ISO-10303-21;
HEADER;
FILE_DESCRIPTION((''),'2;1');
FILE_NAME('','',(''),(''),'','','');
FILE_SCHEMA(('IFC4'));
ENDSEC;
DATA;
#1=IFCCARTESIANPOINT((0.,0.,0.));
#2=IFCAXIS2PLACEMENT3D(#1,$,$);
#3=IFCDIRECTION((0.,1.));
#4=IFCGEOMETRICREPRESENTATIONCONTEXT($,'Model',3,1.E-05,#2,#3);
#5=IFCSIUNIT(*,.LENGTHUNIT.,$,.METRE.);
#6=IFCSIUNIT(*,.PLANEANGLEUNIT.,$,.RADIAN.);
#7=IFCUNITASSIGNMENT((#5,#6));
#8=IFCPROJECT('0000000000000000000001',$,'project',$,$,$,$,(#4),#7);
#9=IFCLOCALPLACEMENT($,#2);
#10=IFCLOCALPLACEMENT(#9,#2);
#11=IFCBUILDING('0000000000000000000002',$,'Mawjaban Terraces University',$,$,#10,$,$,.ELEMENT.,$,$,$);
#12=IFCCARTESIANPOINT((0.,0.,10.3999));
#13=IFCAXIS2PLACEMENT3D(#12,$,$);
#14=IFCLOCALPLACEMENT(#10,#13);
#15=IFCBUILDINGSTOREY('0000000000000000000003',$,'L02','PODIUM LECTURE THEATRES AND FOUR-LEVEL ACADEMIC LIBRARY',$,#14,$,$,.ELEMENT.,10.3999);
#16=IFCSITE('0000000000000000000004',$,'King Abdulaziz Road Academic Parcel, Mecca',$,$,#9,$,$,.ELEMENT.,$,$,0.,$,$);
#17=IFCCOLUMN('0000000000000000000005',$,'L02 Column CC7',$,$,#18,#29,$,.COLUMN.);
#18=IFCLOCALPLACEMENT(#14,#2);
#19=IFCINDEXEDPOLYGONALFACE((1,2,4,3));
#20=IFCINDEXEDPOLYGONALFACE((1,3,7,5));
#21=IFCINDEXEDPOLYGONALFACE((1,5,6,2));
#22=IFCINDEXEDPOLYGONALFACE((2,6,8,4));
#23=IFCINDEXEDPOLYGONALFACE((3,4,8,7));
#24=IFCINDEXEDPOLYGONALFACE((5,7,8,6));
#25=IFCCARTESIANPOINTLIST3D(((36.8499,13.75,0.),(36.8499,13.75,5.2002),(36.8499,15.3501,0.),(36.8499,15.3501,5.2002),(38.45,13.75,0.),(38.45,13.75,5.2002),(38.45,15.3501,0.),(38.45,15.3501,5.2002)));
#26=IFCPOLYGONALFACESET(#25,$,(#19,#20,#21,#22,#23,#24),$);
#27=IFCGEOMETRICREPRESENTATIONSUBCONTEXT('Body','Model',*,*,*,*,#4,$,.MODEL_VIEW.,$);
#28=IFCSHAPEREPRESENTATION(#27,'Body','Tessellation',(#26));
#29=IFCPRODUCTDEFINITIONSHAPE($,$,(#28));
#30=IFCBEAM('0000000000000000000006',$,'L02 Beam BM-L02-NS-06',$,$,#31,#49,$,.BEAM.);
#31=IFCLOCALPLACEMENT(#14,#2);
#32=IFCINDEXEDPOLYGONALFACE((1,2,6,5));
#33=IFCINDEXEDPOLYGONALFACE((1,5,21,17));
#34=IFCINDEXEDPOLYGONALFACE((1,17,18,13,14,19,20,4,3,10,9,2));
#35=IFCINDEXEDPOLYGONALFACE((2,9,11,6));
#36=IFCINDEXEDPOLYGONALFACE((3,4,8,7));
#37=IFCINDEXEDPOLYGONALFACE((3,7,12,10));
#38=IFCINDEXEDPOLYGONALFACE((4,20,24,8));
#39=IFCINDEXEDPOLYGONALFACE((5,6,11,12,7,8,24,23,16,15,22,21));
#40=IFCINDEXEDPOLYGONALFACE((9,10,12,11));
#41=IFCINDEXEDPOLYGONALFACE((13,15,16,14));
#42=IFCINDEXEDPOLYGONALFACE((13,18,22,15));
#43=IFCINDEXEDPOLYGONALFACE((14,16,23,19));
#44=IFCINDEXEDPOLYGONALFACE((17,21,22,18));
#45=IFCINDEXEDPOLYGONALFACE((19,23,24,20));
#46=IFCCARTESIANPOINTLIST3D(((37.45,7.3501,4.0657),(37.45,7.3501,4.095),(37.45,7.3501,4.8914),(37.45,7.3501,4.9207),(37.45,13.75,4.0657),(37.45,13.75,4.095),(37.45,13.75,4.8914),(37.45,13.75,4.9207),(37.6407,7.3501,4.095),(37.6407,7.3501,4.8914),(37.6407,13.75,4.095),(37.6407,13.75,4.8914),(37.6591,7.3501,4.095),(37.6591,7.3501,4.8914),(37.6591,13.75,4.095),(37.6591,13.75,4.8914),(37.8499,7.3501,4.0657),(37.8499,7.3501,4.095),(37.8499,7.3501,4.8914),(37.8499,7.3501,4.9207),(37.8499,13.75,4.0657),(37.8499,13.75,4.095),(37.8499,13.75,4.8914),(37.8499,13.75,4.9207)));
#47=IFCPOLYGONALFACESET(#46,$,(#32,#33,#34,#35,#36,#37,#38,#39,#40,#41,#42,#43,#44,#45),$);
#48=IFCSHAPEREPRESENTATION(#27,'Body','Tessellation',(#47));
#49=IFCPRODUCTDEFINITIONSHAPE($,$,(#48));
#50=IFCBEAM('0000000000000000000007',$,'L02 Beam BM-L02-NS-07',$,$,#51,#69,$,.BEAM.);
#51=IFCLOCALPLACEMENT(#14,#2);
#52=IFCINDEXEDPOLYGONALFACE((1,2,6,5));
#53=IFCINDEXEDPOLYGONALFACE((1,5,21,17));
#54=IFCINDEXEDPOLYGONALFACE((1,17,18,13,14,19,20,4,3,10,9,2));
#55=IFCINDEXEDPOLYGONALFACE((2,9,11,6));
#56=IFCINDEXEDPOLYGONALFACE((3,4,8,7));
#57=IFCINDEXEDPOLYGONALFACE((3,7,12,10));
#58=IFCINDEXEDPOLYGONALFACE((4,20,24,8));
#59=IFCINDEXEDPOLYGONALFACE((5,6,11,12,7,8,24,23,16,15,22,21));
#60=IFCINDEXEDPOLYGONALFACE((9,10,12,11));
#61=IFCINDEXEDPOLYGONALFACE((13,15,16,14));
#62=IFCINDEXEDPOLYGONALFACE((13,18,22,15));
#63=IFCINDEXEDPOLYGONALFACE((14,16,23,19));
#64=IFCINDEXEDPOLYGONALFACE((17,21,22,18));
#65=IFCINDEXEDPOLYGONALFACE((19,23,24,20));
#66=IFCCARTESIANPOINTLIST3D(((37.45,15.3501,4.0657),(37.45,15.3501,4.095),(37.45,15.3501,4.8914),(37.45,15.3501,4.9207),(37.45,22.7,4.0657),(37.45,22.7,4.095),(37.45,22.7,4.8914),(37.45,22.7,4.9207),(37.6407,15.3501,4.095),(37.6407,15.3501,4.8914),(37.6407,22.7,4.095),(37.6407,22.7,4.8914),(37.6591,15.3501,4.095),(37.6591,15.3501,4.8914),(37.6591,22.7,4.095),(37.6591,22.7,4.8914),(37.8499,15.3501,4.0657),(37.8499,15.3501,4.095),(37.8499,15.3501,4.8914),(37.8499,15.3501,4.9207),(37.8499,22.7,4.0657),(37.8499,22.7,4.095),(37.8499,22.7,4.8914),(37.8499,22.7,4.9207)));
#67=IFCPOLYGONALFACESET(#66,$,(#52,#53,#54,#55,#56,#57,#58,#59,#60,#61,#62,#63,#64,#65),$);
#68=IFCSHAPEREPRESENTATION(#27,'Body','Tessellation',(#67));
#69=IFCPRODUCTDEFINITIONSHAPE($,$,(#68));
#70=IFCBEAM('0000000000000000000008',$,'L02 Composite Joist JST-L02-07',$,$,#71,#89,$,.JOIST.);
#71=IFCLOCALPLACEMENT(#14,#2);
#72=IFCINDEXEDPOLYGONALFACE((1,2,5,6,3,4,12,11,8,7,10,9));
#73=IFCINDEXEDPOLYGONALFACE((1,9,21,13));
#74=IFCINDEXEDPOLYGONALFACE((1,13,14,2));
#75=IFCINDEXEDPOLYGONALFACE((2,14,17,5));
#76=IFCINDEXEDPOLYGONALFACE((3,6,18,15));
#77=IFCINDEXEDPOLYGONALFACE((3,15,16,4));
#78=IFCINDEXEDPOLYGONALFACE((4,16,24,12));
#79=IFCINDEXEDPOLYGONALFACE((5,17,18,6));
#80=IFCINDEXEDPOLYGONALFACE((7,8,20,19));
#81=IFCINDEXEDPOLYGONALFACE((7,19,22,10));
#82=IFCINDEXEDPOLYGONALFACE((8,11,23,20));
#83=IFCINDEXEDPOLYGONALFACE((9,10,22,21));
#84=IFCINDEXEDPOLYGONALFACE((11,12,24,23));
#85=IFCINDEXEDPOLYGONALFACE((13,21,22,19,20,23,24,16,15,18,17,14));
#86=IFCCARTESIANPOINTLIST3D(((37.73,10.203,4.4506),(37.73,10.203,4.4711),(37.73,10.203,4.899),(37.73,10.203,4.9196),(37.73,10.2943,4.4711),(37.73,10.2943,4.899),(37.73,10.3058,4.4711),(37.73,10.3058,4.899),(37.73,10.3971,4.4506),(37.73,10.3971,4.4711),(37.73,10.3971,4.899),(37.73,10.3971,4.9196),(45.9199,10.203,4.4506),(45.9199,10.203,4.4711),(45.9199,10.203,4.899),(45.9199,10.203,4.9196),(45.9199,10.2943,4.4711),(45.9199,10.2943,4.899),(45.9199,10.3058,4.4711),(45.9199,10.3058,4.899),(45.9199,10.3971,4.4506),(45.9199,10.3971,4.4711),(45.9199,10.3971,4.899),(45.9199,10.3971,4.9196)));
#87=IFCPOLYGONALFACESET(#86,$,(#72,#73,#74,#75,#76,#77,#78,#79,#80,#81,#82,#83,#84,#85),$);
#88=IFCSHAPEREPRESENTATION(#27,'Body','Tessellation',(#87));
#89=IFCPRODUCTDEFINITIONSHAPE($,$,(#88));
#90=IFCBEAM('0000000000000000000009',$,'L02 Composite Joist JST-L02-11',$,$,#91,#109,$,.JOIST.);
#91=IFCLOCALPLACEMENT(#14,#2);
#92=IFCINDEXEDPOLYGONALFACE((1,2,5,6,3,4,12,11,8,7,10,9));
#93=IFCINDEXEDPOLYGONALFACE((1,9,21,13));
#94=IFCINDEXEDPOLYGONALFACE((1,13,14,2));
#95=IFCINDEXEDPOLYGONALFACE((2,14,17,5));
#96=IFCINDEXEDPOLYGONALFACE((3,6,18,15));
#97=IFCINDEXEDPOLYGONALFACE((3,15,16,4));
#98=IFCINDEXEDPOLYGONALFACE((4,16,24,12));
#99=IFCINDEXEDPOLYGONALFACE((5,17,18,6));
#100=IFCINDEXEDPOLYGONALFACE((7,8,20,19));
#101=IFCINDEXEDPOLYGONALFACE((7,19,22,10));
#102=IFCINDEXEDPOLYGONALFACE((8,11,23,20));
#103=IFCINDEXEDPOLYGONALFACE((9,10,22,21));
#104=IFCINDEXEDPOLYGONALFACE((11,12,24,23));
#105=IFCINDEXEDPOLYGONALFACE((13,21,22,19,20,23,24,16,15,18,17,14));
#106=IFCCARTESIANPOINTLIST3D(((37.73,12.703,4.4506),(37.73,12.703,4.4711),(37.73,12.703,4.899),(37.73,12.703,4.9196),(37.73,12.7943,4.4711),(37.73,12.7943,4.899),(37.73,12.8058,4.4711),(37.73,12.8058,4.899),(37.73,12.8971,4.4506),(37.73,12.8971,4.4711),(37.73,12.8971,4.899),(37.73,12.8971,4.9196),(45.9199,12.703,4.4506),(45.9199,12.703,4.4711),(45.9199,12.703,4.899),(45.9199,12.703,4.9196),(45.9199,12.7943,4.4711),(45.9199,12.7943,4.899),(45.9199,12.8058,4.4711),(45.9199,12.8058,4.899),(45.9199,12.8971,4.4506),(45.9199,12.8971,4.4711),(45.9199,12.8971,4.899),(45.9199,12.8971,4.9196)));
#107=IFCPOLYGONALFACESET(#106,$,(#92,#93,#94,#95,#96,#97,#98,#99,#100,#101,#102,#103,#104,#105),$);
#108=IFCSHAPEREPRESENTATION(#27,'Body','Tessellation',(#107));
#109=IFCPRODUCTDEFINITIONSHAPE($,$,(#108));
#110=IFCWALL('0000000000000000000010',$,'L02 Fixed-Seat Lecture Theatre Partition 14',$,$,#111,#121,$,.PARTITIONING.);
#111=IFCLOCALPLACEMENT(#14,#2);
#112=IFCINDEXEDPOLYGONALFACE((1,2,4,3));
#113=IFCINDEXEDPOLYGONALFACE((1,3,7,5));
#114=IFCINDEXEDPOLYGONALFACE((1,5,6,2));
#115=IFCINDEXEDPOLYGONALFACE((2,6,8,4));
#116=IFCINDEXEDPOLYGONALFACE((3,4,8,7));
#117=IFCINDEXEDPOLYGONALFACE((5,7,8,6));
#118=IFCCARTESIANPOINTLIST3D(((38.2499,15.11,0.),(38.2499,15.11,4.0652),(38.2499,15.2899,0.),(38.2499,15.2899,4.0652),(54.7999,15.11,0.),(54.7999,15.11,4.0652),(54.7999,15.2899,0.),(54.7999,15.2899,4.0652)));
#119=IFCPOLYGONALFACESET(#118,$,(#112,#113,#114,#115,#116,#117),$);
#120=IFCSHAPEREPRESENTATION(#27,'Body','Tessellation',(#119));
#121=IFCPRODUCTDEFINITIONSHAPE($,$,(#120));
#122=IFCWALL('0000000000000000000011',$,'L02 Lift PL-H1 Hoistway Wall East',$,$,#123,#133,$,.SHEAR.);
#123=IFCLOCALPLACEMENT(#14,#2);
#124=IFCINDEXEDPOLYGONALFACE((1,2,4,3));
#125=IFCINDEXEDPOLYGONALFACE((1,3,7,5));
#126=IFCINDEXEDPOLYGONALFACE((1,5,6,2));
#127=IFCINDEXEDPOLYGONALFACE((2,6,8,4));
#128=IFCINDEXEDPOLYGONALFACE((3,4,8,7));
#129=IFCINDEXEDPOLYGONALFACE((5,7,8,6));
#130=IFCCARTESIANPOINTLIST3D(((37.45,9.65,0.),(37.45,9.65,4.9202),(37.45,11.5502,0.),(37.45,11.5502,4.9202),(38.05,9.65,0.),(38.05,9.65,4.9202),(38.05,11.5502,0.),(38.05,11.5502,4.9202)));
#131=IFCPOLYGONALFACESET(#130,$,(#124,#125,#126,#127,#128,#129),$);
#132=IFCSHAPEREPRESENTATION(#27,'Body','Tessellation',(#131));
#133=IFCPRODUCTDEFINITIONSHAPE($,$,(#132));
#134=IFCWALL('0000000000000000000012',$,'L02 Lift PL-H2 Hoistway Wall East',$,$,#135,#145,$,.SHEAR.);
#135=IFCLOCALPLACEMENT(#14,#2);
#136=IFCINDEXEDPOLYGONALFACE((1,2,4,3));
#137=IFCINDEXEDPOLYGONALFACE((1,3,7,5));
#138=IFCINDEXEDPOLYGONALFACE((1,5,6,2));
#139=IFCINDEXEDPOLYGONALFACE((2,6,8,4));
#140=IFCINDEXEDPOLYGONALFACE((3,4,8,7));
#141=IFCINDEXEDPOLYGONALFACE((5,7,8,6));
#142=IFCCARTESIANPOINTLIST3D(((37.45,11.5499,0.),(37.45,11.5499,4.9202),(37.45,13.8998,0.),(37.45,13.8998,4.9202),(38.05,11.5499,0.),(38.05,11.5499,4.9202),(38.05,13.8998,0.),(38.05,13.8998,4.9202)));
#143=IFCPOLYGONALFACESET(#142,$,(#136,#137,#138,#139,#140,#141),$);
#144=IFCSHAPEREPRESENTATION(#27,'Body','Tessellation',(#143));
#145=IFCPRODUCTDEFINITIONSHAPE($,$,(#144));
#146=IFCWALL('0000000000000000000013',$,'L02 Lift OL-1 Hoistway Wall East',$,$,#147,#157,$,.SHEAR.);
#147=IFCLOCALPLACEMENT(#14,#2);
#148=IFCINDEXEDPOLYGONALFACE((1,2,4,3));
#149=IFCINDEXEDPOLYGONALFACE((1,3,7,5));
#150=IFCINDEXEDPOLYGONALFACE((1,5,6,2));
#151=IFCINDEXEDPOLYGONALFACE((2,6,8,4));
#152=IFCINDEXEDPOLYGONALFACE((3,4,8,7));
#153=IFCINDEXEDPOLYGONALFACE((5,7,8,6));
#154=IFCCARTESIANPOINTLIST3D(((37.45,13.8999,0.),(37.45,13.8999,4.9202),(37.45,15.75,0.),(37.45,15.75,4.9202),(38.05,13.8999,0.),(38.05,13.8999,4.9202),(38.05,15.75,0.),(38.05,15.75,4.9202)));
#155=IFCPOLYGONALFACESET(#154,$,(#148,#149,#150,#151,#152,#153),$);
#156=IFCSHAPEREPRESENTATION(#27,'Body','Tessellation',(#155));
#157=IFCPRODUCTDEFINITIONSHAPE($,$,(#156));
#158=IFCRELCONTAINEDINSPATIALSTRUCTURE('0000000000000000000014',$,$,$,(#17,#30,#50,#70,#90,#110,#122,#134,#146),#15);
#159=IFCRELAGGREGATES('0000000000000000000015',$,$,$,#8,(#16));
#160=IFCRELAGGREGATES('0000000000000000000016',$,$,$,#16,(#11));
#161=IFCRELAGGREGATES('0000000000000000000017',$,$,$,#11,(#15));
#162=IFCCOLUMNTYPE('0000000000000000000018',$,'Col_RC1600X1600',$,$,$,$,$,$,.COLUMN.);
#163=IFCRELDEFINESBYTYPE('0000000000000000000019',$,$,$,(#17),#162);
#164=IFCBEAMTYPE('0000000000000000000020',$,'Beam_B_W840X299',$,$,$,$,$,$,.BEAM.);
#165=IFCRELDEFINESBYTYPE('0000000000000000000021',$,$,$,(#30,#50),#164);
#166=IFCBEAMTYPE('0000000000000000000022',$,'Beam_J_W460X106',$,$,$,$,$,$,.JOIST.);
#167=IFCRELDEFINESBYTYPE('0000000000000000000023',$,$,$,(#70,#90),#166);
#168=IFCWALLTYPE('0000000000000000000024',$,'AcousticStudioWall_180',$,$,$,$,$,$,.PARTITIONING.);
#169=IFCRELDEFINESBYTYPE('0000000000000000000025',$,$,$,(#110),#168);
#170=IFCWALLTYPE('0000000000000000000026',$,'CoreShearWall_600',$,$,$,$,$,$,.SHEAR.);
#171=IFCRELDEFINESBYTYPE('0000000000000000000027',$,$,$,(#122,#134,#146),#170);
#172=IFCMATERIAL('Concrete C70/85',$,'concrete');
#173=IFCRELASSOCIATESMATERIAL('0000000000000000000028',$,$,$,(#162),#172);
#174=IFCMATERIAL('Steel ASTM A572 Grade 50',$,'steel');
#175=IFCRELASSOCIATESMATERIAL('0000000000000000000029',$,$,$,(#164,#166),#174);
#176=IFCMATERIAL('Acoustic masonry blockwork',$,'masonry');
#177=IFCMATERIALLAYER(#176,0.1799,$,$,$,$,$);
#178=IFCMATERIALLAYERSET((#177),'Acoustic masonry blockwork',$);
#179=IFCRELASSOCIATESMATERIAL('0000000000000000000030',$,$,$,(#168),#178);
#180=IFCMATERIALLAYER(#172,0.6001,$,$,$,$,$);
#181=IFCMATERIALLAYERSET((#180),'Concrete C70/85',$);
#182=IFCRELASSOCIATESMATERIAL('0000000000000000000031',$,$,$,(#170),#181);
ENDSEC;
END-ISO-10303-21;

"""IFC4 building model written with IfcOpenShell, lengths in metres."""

from ifc_helpers import new_model, si_unit, direction, frame, frame_2d, origin, origin_2d, place, context, subcontext, project, spatial, rectangle, i_section, extrude, material, layer, layer_set, material_profile, profile_set, type_object, element, save


model = new_model("IFC4")

# Units and contexts
model_context = context("Model", 3, precision=1e-05, world=origin(), true_north=direction((0.0, 1.0)))
body_context = subcontext(model_context, "Body", "Model", "MODEL_VIEW")
ifc_project = project(units=[si_unit("LENGTHUNIT", "METRE"), si_unit("PLANEANGLEUNIT", "RADIAN")], contexts=[model_context])

# Site, building, storey
site_placement = place(None, origin())
site = spatial("IfcSite", under=ifc_project, at=site_placement, Name="King Abdulaziz Road Academic Parcel, Mecca", CompositionType="ELEMENT", RefElevation=0.0)
building_placement = place(site_placement, origin())
building = spatial("IfcBuilding", under=site, at=building_placement, Name="Mawjaban Terraces University", CompositionType="ELEMENT")
storey_placement = place(building_placement, frame((0.0, 0.0, 10.3999)))
storey = spatial("IfcBuildingStorey", under=building, at=storey_placement, Name="L02", Description="PODIUM LECTURE THEATRES AND FOUR-LEVEL ACADEMIC LIBRARY", CompositionType="ELEMENT", Elevation=10.3999)

# Column
ifc_material_1 = material(Name="Concrete C70/85", Category="concrete")
ifc_material_profile_1 = material_profile(ifc_material_1, rectangle(XDim=1.6001, YDim=1.6001, at=origin_2d()), Name="RC1600X1600")
ifc_profile_set_1 = profile_set([ifc_material_profile_1], Name="Concrete C70/85")
column_type = type_object("IfcColumnType", Name="Col_RC1600X1600", PredefinedType="COLUMN", material=ifc_profile_set_1)
column_placement = place(storey_placement, frame((37.6499, 14.55, 0.0), z_axis=(0.0, 0.0, 1.0), x_axis=(1.0, 0.0, 0.0)))
element("IfcColumn", 1, at=column_placement, inside=storey, type_object=column_type, Name="L02 Column CC7", PredefinedType="COLUMN", context=body_context, shape_type="SweptSolid", body=[
    extrude(rectangle(XDim=1.6001, YDim=1.6001, at=origin_2d()), origin(), (0.0, 0.0, 1.0), 5.2002),
])

# Beams
ifc_material_2 = material(Name="Steel ASTM A572 Grade 50", Category="steel")
ifc_material_profile_2 = material_profile(ifc_material_2, i_section(OverallWidth=0.3999, OverallDepth=0.855, WebThickness=0.0183, FlangeThickness=0.0293, at=origin_2d()), Name="W840X299")
ifc_profile_set_2 = profile_set([ifc_material_profile_2], Name="Steel ASTM A572 Grade 50")
beam_type_1 = type_object("IfcBeamType", Name="Beam_B_W840X299", PredefinedType="BEAM", material=ifc_profile_set_2)
beam_1_placement = place(storey_placement, frame((37.6499, 7.3501, 4.4932), z_axis=(0.0, 1.0, 0.0), x_axis=(-1.0, 0.0, 0.0)))
element("IfcBeam", 2, at=beam_1_placement, inside=storey, type_object=beam_type_1, Name="L02 Beam BM-L02-NS-06", PredefinedType="BEAM", context=body_context, shape_type="SweptSolid", body=[
    extrude(i_section(OverallWidth=0.3999, OverallDepth=0.855, WebThickness=0.0183, FlangeThickness=0.0293, at=origin_2d()), origin(), (0.0, 0.0, 1.0), 6.3999),
])
beam_2_placement = place(storey_placement, frame((37.6499, 15.3501, 4.4932), z_axis=(0.0, 1.0, 0.0), x_axis=(-1.0, 0.0, 0.0)))
element("IfcBeam", 3, at=beam_2_placement, inside=storey, type_object=beam_type_1, Name="L02 Beam BM-L02-NS-07", PredefinedType="BEAM", context=body_context, shape_type="SweptSolid", body=[
    extrude(i_section(OverallWidth=0.3999, OverallDepth=0.855, WebThickness=0.0183, FlangeThickness=0.0293, at=origin_2d()), origin(), (0.0, 0.0, 1.0), 7.3499),
])
ifc_material_profile_3 = material_profile(ifc_material_2, i_section(OverallWidth=0.1941, OverallDepth=0.469, WebThickness=0.0115, FlangeThickness=0.0205, at=origin_2d()), Name="W460X106")
ifc_profile_set_3 = profile_set([ifc_material_profile_3], Name="Steel ASTM A572 Grade 50")
beam_type_2 = type_object("IfcBeamType", Name="Beam_J_W460X106", PredefinedType="JOIST", material=ifc_profile_set_3)
for number, where, z_axis, x_axis, name in (
    (4, (37.73, 10.3, 4.6851), (1.0, 0.0, 0.0), (0.0, 1.0, 0.0), "L02 Composite Joist JST-L02-07"),
    (5, (37.73, 12.8, 4.6851), (1.0, 0.0, 0.0), (0.0, 1.0, 0.0), "L02 Composite Joist JST-L02-11"),
):
    element("IfcBeam", number, at=place(storey_placement, frame(where, z_axis=z_axis, x_axis=x_axis)), inside=storey, type_object=beam_type_2, Name=name, PredefinedType="JOIST", context=body_context, shape_type="SweptSolid", body=[
        extrude(i_section(OverallWidth=0.1941, OverallDepth=0.469, WebThickness=0.0115, FlangeThickness=0.0205, at=origin_2d()), origin(), (0.0, 0.0, 1.0), 8.1899),
    ])

# Walls
ifc_material_3 = material(Name="Acoustic masonry blockwork", Category="masonry")
ifc_layer_1 = layer(ifc_material_3, 0.1799)
ifc_layer_set_1 = layer_set([ifc_layer_1], Name="Acoustic masonry blockwork")
wall_type_1 = type_object("IfcWallType", Name="AcousticStudioWall_180", PredefinedType="PARTITIONING", material=ifc_layer_set_1)
wall_1_placement = place(storey_placement, frame((38.25, 15.2, 0.0), z_axis=(0.0, 0.0, 1.0), x_axis=(1.0, 0.0, 0.0)))
element("IfcWall", 6, at=wall_1_placement, inside=storey, type_object=wall_type_1, Name="L02 Fixed-Seat Lecture Theatre Partition 14", PredefinedType="PARTITIONING", context=body_context, shape_type="SweptSolid", body=[
    extrude(rectangle(XDim=16.55, YDim=0.1799, at=frame_2d((8.2749, 0.0))), origin(), (0.0, 0.0, 1.0), 4.0652),
])
ifc_layer_2 = layer(ifc_material_1, 0.6001)
ifc_layer_set_2 = layer_set([ifc_layer_2], Name="Concrete C70/85")
wall_type_2 = type_object("IfcWallType", Name="CoreShearWall_600", PredefinedType="SHEAR", material=ifc_layer_set_2)
wall_2_placement = place(storey_placement, frame((37.75, 9.6499, 0.0), z_axis=(0.0, 0.0, 1.0), x_axis=(0.0, 1.0, 0.0)))
element("IfcWall", 7, at=wall_2_placement, inside=storey, type_object=wall_type_2, Name="L02 Lift PL-H1 Hoistway Wall East", PredefinedType="SHEAR", context=body_context, shape_type="SweptSolid", body=[
    extrude(rectangle(XDim=1.9001, YDim=0.6001, at=frame_2d((0.9502, 0.0))), origin(), (0.0, 0.0, 1.0), 4.9202),
])
wall_3_placement = place(storey_placement, frame((37.75, 11.55, 0.0), z_axis=(0.0, 0.0, 1.0), x_axis=(0.0, 1.0, 0.0)))
element("IfcWall", 8, at=wall_3_placement, inside=storey, type_object=wall_type_2, Name="L02 Lift PL-H2 Hoistway Wall East", PredefinedType="SHEAR", context=body_context, shape_type="SweptSolid", body=[
    extrude(rectangle(XDim=2.3499, YDim=0.6001, at=frame_2d((1.1748, 0.0))), origin(), (0.0, 0.0, 1.0), 4.9202),
])
wall_4_placement = place(storey_placement, frame((37.75, 13.8999, 0.0), z_axis=(0.0, 0.0, 1.0), x_axis=(0.0, 1.0, 0.0)))
element("IfcWall", 9, at=wall_4_placement, inside=storey, type_object=wall_type_2, Name="L02 Lift OL-1 Hoistway Wall East", PredefinedType="SHEAR", context=body_context, shape_type="SweptSolid", body=[
    extrude(rectangle(XDim=1.8501, YDim=0.6001, at=frame_2d((0.925, 0.0))), origin(), (0.0, 0.0, 1.0), 4.9202),
])

save(model, "model.ifc")
